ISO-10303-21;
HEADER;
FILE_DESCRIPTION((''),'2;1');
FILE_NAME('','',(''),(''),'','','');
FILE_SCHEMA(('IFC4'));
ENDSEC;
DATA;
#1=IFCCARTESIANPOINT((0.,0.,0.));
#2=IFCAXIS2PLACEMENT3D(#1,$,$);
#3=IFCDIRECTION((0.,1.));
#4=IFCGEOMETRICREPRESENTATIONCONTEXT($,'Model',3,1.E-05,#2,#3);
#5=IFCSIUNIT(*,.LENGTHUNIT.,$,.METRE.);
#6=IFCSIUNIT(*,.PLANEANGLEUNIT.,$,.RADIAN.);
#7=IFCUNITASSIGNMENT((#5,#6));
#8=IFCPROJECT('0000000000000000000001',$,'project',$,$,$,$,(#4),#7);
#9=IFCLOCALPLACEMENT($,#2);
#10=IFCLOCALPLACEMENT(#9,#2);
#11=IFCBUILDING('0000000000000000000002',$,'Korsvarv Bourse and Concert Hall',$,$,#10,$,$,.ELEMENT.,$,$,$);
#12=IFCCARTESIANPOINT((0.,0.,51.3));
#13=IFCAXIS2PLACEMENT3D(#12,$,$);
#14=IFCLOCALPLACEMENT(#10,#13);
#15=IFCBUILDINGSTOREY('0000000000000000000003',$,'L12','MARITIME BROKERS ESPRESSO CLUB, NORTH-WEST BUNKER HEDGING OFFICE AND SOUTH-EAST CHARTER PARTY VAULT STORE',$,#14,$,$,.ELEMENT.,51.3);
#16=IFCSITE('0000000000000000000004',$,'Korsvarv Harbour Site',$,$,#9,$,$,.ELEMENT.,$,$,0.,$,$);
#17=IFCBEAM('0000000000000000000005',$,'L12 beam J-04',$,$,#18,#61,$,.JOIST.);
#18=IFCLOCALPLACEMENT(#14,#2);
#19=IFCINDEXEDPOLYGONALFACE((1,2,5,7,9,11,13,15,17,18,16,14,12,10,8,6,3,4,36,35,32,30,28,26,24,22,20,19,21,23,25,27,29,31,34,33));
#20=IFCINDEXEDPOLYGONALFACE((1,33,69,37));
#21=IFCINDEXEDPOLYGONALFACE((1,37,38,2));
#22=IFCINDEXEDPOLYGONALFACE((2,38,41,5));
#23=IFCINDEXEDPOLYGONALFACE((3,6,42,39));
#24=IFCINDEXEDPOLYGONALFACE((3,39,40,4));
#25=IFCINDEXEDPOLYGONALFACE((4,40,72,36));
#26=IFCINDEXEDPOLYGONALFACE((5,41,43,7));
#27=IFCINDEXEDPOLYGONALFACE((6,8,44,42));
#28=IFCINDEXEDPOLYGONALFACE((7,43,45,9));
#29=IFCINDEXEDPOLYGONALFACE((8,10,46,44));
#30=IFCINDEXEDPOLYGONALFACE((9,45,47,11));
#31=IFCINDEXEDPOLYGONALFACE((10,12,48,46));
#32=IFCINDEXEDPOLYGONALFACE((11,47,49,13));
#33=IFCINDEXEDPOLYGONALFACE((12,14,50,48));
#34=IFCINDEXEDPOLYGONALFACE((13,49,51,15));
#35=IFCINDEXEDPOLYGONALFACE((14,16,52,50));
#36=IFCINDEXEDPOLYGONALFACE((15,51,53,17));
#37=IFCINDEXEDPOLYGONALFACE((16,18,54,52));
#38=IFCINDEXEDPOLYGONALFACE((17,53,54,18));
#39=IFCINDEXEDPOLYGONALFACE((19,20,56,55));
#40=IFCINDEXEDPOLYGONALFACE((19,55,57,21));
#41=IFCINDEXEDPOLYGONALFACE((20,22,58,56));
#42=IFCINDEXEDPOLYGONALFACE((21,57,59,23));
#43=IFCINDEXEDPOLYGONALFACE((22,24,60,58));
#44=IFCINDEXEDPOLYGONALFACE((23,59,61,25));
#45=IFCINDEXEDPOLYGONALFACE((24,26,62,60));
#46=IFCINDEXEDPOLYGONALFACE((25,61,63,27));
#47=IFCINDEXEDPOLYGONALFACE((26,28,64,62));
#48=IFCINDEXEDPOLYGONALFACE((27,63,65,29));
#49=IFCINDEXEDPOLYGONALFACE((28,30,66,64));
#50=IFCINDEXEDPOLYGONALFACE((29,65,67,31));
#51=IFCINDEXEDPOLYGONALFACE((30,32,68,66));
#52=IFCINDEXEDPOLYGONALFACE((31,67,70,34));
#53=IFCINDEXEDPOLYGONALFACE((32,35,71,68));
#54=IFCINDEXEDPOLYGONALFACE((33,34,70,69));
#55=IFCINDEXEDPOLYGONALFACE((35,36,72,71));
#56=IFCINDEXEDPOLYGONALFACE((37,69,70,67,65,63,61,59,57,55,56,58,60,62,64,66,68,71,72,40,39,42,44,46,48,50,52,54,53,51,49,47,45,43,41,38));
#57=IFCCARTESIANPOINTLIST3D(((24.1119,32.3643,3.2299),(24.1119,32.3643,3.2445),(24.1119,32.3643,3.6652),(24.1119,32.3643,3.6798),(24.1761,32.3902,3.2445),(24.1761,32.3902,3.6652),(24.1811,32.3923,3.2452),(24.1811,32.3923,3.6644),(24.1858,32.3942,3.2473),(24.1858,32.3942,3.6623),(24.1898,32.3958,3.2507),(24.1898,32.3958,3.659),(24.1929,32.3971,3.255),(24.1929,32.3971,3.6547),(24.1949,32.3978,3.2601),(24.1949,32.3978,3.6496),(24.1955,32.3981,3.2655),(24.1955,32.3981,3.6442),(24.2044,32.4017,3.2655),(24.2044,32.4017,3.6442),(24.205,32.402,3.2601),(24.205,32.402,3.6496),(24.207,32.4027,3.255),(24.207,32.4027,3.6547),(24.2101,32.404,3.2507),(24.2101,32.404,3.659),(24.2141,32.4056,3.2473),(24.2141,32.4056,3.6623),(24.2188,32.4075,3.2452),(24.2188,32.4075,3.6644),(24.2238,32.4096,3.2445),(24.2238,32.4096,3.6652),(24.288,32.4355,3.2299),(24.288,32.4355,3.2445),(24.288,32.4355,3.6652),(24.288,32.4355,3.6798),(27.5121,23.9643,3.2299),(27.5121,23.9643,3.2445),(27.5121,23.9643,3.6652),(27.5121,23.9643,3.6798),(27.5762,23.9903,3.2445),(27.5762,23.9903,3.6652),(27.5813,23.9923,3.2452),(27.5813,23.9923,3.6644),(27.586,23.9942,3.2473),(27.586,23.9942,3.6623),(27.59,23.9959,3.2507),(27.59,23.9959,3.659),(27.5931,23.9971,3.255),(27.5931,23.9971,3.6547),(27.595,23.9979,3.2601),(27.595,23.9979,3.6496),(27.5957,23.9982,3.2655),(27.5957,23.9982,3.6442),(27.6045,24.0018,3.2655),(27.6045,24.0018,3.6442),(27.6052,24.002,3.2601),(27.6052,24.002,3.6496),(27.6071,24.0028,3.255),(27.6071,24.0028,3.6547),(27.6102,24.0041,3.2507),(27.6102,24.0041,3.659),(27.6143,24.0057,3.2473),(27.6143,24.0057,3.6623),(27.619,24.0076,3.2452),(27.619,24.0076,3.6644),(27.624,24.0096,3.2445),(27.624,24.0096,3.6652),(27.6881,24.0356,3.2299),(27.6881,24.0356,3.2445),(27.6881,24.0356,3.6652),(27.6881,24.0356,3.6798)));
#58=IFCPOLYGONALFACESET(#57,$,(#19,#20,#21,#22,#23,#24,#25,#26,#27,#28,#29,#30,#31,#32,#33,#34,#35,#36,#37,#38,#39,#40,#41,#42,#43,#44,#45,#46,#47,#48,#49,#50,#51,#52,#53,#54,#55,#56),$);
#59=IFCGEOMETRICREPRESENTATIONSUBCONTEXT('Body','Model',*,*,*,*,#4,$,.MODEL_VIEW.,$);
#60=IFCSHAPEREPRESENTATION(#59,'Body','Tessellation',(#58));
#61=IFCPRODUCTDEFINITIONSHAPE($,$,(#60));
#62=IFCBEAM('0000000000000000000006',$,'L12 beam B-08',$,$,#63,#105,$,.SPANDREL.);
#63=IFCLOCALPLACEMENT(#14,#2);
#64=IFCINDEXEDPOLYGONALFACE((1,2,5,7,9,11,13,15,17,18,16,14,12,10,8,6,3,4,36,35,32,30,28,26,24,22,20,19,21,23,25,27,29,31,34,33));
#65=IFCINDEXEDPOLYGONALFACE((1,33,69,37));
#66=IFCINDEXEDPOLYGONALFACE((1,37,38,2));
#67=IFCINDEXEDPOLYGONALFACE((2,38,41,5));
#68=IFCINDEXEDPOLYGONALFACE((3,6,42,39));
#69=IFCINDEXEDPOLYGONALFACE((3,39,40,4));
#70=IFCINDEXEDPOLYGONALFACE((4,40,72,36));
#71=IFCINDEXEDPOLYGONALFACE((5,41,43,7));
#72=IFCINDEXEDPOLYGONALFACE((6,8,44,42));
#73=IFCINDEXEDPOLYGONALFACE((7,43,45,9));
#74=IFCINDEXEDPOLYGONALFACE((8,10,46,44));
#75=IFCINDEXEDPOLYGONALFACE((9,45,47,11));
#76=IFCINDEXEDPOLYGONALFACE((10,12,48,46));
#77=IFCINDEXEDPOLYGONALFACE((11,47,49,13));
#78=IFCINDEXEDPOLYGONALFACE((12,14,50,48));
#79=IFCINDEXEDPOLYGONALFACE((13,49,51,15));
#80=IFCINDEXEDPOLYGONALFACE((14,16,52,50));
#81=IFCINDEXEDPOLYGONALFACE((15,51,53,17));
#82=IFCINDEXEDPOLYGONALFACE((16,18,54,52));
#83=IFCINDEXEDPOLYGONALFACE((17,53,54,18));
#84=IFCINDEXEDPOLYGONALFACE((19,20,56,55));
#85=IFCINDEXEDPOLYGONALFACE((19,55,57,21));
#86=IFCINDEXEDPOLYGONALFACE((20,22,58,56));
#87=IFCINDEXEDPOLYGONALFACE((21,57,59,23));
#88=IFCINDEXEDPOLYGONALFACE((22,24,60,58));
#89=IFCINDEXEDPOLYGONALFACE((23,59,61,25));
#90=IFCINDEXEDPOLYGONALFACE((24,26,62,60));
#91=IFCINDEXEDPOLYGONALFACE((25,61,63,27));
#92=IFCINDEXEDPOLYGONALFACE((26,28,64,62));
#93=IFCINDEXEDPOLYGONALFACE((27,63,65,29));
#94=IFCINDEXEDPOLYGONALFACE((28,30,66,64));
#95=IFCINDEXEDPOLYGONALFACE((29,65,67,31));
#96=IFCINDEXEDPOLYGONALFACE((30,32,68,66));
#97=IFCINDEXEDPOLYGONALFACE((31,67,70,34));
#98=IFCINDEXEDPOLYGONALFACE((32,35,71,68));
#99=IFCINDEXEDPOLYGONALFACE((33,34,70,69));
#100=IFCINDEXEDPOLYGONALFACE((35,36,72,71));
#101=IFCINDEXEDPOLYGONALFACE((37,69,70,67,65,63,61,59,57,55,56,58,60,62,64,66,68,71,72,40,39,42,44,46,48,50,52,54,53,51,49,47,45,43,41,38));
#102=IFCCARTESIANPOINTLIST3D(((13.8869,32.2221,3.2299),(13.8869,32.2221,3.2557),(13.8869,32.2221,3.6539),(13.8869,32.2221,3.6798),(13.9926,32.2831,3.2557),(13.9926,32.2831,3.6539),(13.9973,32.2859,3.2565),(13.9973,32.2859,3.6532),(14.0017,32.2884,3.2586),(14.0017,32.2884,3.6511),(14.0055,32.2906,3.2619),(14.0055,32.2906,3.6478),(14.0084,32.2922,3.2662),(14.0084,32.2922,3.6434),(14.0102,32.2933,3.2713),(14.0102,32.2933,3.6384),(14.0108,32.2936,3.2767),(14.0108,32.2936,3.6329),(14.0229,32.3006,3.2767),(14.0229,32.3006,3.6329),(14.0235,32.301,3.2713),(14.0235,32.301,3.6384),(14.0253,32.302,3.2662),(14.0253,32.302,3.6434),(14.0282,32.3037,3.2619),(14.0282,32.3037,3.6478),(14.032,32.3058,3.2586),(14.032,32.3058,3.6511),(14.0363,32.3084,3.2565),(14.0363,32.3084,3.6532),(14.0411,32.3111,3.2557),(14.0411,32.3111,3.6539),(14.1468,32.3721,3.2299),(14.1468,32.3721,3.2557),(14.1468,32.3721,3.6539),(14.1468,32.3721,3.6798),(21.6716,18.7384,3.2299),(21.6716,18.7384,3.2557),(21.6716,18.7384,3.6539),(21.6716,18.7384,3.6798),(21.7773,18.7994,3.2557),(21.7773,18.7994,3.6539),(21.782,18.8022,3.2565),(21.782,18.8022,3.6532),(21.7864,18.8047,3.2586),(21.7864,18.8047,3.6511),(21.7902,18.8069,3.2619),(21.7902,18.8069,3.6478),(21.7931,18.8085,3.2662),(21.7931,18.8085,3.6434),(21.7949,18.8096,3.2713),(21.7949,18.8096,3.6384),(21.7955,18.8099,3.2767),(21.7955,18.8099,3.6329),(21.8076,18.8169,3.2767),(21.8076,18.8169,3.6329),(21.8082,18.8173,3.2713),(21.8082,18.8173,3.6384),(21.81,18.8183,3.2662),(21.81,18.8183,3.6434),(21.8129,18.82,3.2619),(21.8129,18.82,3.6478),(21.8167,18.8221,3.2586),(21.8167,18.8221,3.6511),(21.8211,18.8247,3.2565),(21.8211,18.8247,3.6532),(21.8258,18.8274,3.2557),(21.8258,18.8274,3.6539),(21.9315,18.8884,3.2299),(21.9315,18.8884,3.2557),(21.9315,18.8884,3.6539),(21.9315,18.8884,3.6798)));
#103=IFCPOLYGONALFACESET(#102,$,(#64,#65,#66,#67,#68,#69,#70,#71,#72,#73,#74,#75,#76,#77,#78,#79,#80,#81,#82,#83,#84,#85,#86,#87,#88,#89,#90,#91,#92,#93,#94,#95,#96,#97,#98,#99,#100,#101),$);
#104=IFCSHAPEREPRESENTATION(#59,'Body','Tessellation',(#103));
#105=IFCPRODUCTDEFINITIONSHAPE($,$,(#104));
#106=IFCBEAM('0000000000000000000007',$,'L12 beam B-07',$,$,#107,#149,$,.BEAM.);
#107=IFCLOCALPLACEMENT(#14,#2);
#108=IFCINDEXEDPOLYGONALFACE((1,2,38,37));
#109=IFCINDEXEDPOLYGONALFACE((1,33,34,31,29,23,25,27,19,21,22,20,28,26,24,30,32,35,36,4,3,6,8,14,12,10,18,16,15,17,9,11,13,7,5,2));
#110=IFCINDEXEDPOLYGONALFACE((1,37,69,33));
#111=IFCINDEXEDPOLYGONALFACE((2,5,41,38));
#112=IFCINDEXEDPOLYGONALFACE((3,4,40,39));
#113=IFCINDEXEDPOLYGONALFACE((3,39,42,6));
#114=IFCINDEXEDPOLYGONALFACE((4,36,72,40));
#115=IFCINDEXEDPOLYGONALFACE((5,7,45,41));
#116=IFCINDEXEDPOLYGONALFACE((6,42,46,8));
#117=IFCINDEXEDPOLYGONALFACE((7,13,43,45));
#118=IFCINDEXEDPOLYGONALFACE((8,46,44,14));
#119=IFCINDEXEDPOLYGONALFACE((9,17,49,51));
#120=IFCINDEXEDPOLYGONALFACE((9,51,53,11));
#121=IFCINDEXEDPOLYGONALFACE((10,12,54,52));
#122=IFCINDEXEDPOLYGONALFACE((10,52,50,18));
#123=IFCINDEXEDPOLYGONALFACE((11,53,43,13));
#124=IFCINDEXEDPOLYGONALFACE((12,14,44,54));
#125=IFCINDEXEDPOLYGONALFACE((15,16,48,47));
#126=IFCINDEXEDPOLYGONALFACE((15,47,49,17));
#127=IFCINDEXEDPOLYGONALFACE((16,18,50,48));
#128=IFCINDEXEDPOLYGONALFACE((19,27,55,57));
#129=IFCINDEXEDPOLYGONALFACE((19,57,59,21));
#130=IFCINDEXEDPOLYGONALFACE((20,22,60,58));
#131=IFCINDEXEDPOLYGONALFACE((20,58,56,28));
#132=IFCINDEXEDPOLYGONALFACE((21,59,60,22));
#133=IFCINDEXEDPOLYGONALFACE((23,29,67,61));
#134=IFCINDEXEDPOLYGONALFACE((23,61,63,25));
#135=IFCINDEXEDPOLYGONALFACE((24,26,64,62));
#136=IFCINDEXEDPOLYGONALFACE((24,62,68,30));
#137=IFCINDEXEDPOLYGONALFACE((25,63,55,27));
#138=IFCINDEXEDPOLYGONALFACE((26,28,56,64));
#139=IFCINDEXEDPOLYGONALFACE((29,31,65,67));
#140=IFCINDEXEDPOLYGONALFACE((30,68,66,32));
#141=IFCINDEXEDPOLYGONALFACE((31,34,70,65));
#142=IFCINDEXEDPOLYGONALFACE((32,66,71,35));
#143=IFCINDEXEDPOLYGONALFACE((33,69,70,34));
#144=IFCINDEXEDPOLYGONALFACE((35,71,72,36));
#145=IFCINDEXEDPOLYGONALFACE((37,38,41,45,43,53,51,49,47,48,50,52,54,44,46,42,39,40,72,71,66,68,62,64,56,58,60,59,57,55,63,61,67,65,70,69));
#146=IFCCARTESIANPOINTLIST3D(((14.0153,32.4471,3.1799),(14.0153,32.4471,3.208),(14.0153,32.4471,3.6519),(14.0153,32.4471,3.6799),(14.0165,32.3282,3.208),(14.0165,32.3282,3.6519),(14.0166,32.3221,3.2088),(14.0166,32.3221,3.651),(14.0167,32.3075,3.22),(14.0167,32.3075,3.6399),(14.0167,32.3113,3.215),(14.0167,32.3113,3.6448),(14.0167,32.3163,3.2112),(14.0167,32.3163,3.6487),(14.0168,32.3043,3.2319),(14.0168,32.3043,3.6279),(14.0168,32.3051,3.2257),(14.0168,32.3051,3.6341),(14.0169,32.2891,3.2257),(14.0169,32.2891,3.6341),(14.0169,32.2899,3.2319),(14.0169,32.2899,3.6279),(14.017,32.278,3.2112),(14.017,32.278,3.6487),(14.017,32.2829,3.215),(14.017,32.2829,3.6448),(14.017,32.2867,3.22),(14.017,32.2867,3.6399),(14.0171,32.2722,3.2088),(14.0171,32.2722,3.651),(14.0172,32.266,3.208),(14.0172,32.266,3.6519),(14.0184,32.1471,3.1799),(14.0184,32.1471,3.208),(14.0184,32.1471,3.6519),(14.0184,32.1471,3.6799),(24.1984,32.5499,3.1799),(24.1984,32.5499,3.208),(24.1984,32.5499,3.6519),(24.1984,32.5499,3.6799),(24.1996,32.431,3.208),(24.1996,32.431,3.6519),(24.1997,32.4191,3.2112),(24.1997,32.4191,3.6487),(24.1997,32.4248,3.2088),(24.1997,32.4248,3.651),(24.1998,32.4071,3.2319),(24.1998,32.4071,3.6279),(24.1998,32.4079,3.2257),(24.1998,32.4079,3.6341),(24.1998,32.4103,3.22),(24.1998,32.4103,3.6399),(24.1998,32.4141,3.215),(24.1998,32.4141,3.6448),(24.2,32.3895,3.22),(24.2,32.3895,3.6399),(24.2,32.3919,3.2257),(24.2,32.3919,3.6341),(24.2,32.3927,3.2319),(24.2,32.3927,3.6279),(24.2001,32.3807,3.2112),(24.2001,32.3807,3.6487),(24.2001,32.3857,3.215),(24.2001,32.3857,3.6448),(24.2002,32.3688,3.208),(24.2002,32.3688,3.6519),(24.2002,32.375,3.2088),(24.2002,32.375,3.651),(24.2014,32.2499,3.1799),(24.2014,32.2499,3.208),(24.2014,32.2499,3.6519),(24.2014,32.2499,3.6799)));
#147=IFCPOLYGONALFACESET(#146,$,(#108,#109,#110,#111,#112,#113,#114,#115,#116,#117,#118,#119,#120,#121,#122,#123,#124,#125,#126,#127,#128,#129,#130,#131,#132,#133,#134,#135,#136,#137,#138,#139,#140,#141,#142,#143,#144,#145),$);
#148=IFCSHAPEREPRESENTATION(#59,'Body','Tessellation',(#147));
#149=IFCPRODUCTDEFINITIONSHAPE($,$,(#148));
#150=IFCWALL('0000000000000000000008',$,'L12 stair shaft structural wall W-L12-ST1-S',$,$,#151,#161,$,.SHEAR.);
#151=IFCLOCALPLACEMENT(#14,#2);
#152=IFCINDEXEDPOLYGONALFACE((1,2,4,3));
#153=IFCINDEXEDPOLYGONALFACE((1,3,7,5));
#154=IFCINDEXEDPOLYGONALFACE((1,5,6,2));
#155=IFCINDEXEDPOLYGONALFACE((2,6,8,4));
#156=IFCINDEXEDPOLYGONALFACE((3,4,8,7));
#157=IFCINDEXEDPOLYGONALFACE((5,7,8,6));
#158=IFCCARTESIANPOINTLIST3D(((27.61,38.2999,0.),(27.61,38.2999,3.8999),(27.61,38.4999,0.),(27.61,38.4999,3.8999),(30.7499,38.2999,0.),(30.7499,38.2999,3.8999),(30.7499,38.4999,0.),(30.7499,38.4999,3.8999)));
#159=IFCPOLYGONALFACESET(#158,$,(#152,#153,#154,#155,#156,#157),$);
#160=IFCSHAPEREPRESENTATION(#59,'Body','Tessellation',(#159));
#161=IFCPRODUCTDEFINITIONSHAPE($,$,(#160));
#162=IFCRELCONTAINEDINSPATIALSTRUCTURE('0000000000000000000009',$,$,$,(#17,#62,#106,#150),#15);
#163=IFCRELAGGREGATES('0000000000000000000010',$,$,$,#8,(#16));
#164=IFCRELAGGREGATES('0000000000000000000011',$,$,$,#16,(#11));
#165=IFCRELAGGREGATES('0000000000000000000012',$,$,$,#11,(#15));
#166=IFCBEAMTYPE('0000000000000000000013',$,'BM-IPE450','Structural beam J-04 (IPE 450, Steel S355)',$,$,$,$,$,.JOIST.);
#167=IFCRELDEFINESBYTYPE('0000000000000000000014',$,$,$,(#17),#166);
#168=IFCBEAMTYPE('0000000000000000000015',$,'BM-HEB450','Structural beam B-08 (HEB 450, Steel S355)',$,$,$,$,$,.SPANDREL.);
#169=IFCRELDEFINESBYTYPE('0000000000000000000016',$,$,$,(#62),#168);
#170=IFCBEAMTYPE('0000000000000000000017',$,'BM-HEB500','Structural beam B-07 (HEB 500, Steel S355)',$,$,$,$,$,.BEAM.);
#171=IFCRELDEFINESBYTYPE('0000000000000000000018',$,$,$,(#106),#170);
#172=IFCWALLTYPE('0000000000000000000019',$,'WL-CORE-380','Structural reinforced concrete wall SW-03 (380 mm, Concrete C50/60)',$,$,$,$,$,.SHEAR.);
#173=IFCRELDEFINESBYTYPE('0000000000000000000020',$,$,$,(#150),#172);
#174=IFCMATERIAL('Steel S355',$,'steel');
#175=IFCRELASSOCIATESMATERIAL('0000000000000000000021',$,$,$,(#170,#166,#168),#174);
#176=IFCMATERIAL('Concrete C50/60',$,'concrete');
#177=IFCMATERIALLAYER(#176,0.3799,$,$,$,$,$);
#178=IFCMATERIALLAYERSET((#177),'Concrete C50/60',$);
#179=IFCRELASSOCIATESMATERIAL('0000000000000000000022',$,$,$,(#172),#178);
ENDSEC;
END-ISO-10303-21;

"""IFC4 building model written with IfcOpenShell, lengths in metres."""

from ifc_helpers import new_model, si_unit, direction, frame, frame_2d, origin, origin_2d, place, context, subcontext, project, spatial, rectangle, i_section, extrude, source, transform, mapped, material, layer, layer_set, material_profile, profile_set, type_object, element, save


model = new_model("IFC4")

# Units and contexts
model_context = context("Model", 3, precision=1e-05, world=origin(), true_north=direction((0.0, 1.0)))
body_context = subcontext(model_context, "Body", "Model", "MODEL_VIEW")
ifc_project = project(units=[si_unit("LENGTHUNIT", "METRE"), si_unit("PLANEANGLEUNIT", "RADIAN")], contexts=[model_context])

# Site, building, storey
site_placement = place(None, origin())
site = spatial("IfcSite", under=ifc_project, at=site_placement, Name="Korsvarv Harbour Site", CompositionType="ELEMENT", RefElevation=0.0)
building_placement = place(site_placement, origin())
building = spatial("IfcBuilding", under=site, at=building_placement, Name="Korsvarv Bourse and Concert Hall", CompositionType="ELEMENT")
storey_placement = place(building_placement, frame((0.0, 0.0, 51.3)))
storey = spatial("IfcBuildingStorey", under=building, at=storey_placement, Name="L12", Description="MARITIME BROKERS ESPRESSO CLUB, NORTH-WEST BUNKER HEDGING OFFICE AND SOUTH-EAST CHARTER PARTY VAULT STORE", CompositionType="ELEMENT", Elevation=51.3)

# Beams
ifc_material_1 = material(Name="Steel S355", Category="steel")
ifc_material_profile_1 = material_profile(ifc_material_1, i_section(OverallWidth=0.3, OverallDepth=0.5, WebThickness=0.0144, FlangeThickness=0.0281, FilletRadius=0.0239, at=origin_2d()), Name="HEB 500")
ifc_profile_set_1 = profile_set([ifc_material_profile_1], Name="Steel S355")
beam_type_1 = type_object("IfcBeamType", Name="BM-HEB500", Description="Structural beam B-07 (HEB 500, Steel S355)", PredefinedType="BEAM", material=ifc_profile_set_1)
ifc_material_profile_2 = material_profile(ifc_material_1, i_section(OverallWidth=0.1899, OverallDepth=0.45, WebThickness=0.0095, FlangeThickness=0.0146, FilletRadius=0.021, at=origin_2d()), Name="IPE 450")
ifc_profile_set_2 = profile_set([ifc_material_profile_2], Name="Steel S355")
beam_type_2 = type_object("IfcBeamType", Name="BM-IPE450", Description="Structural beam J-04 (IPE 450, Steel S355)", PredefinedType="JOIST", material=ifc_profile_set_2)
shared_shape_1 = source(origin(), body_context, "Body", "SweptSolid", [
    extrude(i_section(OverallWidth=0.1899, OverallDepth=0.45, WebThickness=0.0095, FlangeThickness=0.0146, FilletRadius=0.021, at=origin_2d()), origin(), (0.0, 0.0, 1.0), 9.062),
])
beam_1_placement = place(storey_placement, frame((24.2, 32.3999, 3.4548), z_axis=(0.37521, -0.92694, 0.0), x_axis=(0.92694, 0.37521, 0.0)))
element("IfcBeam", 1, at=beam_1_placement, inside=storey, type_object=beam_type_2, Name="L12 beam J-04", PredefinedType="JOIST", context=body_context, shape_type="MappedRepresentation", body=[
    mapped(shared_shape_1, transform((0.0, 0.0, 0.0), scale=1.0)),
])
ifc_material_profile_3 = material_profile(ifc_material_1, i_section(OverallWidth=0.3, OverallDepth=0.45, WebThickness=0.0139, FlangeThickness=0.0259, FilletRadius=0.021, at=origin_2d()), Name="HEB 450")
ifc_profile_set_3 = profile_set([ifc_material_profile_3], Name="Steel S355")
beam_type_3 = type_object("IfcBeamType", Name="BM-HEB450", Description="Structural beam B-08 (HEB 450, Steel S355)", PredefinedType="SPANDREL", material=ifc_profile_set_3)
shared_shape_2 = source(origin(), body_context, "Body", "SweptSolid", [
    extrude(i_section(OverallWidth=0.3, OverallDepth=0.45, WebThickness=0.0139, FlangeThickness=0.0259, FilletRadius=0.021, at=origin_2d()), origin(), (0.0, 0.0, 1.0), 15.5696),
])
beam_2_placement = place(storey_placement, frame((14.0168, 32.2971, 3.4548), z_axis=(0.499994, -0.866029, 0.0), x_axis=(0.866029, 0.499994, 0.0)))
element("IfcBeam", 2, at=beam_2_placement, inside=storey, type_object=beam_type_3, Name="L12 beam B-08", PredefinedType="SPANDREL", context=body_context, shape_type="MappedRepresentation", body=[
    mapped(shared_shape_2, transform((0.0, 0.0, 0.0), scale=1.0)),
])
shared_shape_3 = source(origin(), body_context, "Body", "SweptSolid", [
    extrude(i_section(OverallWidth=0.3, OverallDepth=0.5, WebThickness=0.0144, FlangeThickness=0.0281, FilletRadius=0.0239, at=origin_2d()), origin(), (0.0, 0.0, 1.0), 10.1836),
])
beam_3_placement = place(storey_placement, frame((14.0168, 32.2971, 3.4299), z_axis=(0.999949, 0.010093, 0.0), x_axis=(-0.010093, 0.999949, 0.0)))
element("IfcBeam", 3, at=beam_3_placement, inside=storey, type_object=beam_type_1, Name="L12 beam B-07", PredefinedType="BEAM", context=body_context, shape_type="MappedRepresentation", body=[
    mapped(shared_shape_3, transform((0.0, 0.0, 0.0), scale=1.0)),
])

# Wall
ifc_material_2 = material(Name="Concrete C50/60", Category="concrete")
ifc_layer_1 = layer(ifc_material_2, 0.3799)
ifc_layer_set_1 = layer_set([ifc_layer_1], Name="Concrete C50/60")
wall_type_1 = type_object("IfcWallType", Name="WL-CORE-380", Description="Structural reinforced concrete wall SW-03 (380 mm, Concrete C50/60)", PredefinedType="SHEAR", material=ifc_layer_set_1)
wall_1_placement = place(storey_placement, frame((27.6101, 38.3999, 0.0), z_axis=(0.0, 0.0, 1.0), x_axis=(1.0, 0.0, 0.0)))
element("IfcWall", 4, at=wall_1_placement, inside=storey, type_object=wall_type_1, Name="L12 stair shaft structural wall W-L12-ST1-S", PredefinedType="SHEAR", context=body_context, shape_type="SweptSolid", body=[
    extrude(rectangle(XDim=3.1399, YDim=0.2, at=frame_2d((1.5698, 0.0))), origin(), (0.0, 0.0, 1.0), 3.8999),
])

save(model, "model.ifc")
